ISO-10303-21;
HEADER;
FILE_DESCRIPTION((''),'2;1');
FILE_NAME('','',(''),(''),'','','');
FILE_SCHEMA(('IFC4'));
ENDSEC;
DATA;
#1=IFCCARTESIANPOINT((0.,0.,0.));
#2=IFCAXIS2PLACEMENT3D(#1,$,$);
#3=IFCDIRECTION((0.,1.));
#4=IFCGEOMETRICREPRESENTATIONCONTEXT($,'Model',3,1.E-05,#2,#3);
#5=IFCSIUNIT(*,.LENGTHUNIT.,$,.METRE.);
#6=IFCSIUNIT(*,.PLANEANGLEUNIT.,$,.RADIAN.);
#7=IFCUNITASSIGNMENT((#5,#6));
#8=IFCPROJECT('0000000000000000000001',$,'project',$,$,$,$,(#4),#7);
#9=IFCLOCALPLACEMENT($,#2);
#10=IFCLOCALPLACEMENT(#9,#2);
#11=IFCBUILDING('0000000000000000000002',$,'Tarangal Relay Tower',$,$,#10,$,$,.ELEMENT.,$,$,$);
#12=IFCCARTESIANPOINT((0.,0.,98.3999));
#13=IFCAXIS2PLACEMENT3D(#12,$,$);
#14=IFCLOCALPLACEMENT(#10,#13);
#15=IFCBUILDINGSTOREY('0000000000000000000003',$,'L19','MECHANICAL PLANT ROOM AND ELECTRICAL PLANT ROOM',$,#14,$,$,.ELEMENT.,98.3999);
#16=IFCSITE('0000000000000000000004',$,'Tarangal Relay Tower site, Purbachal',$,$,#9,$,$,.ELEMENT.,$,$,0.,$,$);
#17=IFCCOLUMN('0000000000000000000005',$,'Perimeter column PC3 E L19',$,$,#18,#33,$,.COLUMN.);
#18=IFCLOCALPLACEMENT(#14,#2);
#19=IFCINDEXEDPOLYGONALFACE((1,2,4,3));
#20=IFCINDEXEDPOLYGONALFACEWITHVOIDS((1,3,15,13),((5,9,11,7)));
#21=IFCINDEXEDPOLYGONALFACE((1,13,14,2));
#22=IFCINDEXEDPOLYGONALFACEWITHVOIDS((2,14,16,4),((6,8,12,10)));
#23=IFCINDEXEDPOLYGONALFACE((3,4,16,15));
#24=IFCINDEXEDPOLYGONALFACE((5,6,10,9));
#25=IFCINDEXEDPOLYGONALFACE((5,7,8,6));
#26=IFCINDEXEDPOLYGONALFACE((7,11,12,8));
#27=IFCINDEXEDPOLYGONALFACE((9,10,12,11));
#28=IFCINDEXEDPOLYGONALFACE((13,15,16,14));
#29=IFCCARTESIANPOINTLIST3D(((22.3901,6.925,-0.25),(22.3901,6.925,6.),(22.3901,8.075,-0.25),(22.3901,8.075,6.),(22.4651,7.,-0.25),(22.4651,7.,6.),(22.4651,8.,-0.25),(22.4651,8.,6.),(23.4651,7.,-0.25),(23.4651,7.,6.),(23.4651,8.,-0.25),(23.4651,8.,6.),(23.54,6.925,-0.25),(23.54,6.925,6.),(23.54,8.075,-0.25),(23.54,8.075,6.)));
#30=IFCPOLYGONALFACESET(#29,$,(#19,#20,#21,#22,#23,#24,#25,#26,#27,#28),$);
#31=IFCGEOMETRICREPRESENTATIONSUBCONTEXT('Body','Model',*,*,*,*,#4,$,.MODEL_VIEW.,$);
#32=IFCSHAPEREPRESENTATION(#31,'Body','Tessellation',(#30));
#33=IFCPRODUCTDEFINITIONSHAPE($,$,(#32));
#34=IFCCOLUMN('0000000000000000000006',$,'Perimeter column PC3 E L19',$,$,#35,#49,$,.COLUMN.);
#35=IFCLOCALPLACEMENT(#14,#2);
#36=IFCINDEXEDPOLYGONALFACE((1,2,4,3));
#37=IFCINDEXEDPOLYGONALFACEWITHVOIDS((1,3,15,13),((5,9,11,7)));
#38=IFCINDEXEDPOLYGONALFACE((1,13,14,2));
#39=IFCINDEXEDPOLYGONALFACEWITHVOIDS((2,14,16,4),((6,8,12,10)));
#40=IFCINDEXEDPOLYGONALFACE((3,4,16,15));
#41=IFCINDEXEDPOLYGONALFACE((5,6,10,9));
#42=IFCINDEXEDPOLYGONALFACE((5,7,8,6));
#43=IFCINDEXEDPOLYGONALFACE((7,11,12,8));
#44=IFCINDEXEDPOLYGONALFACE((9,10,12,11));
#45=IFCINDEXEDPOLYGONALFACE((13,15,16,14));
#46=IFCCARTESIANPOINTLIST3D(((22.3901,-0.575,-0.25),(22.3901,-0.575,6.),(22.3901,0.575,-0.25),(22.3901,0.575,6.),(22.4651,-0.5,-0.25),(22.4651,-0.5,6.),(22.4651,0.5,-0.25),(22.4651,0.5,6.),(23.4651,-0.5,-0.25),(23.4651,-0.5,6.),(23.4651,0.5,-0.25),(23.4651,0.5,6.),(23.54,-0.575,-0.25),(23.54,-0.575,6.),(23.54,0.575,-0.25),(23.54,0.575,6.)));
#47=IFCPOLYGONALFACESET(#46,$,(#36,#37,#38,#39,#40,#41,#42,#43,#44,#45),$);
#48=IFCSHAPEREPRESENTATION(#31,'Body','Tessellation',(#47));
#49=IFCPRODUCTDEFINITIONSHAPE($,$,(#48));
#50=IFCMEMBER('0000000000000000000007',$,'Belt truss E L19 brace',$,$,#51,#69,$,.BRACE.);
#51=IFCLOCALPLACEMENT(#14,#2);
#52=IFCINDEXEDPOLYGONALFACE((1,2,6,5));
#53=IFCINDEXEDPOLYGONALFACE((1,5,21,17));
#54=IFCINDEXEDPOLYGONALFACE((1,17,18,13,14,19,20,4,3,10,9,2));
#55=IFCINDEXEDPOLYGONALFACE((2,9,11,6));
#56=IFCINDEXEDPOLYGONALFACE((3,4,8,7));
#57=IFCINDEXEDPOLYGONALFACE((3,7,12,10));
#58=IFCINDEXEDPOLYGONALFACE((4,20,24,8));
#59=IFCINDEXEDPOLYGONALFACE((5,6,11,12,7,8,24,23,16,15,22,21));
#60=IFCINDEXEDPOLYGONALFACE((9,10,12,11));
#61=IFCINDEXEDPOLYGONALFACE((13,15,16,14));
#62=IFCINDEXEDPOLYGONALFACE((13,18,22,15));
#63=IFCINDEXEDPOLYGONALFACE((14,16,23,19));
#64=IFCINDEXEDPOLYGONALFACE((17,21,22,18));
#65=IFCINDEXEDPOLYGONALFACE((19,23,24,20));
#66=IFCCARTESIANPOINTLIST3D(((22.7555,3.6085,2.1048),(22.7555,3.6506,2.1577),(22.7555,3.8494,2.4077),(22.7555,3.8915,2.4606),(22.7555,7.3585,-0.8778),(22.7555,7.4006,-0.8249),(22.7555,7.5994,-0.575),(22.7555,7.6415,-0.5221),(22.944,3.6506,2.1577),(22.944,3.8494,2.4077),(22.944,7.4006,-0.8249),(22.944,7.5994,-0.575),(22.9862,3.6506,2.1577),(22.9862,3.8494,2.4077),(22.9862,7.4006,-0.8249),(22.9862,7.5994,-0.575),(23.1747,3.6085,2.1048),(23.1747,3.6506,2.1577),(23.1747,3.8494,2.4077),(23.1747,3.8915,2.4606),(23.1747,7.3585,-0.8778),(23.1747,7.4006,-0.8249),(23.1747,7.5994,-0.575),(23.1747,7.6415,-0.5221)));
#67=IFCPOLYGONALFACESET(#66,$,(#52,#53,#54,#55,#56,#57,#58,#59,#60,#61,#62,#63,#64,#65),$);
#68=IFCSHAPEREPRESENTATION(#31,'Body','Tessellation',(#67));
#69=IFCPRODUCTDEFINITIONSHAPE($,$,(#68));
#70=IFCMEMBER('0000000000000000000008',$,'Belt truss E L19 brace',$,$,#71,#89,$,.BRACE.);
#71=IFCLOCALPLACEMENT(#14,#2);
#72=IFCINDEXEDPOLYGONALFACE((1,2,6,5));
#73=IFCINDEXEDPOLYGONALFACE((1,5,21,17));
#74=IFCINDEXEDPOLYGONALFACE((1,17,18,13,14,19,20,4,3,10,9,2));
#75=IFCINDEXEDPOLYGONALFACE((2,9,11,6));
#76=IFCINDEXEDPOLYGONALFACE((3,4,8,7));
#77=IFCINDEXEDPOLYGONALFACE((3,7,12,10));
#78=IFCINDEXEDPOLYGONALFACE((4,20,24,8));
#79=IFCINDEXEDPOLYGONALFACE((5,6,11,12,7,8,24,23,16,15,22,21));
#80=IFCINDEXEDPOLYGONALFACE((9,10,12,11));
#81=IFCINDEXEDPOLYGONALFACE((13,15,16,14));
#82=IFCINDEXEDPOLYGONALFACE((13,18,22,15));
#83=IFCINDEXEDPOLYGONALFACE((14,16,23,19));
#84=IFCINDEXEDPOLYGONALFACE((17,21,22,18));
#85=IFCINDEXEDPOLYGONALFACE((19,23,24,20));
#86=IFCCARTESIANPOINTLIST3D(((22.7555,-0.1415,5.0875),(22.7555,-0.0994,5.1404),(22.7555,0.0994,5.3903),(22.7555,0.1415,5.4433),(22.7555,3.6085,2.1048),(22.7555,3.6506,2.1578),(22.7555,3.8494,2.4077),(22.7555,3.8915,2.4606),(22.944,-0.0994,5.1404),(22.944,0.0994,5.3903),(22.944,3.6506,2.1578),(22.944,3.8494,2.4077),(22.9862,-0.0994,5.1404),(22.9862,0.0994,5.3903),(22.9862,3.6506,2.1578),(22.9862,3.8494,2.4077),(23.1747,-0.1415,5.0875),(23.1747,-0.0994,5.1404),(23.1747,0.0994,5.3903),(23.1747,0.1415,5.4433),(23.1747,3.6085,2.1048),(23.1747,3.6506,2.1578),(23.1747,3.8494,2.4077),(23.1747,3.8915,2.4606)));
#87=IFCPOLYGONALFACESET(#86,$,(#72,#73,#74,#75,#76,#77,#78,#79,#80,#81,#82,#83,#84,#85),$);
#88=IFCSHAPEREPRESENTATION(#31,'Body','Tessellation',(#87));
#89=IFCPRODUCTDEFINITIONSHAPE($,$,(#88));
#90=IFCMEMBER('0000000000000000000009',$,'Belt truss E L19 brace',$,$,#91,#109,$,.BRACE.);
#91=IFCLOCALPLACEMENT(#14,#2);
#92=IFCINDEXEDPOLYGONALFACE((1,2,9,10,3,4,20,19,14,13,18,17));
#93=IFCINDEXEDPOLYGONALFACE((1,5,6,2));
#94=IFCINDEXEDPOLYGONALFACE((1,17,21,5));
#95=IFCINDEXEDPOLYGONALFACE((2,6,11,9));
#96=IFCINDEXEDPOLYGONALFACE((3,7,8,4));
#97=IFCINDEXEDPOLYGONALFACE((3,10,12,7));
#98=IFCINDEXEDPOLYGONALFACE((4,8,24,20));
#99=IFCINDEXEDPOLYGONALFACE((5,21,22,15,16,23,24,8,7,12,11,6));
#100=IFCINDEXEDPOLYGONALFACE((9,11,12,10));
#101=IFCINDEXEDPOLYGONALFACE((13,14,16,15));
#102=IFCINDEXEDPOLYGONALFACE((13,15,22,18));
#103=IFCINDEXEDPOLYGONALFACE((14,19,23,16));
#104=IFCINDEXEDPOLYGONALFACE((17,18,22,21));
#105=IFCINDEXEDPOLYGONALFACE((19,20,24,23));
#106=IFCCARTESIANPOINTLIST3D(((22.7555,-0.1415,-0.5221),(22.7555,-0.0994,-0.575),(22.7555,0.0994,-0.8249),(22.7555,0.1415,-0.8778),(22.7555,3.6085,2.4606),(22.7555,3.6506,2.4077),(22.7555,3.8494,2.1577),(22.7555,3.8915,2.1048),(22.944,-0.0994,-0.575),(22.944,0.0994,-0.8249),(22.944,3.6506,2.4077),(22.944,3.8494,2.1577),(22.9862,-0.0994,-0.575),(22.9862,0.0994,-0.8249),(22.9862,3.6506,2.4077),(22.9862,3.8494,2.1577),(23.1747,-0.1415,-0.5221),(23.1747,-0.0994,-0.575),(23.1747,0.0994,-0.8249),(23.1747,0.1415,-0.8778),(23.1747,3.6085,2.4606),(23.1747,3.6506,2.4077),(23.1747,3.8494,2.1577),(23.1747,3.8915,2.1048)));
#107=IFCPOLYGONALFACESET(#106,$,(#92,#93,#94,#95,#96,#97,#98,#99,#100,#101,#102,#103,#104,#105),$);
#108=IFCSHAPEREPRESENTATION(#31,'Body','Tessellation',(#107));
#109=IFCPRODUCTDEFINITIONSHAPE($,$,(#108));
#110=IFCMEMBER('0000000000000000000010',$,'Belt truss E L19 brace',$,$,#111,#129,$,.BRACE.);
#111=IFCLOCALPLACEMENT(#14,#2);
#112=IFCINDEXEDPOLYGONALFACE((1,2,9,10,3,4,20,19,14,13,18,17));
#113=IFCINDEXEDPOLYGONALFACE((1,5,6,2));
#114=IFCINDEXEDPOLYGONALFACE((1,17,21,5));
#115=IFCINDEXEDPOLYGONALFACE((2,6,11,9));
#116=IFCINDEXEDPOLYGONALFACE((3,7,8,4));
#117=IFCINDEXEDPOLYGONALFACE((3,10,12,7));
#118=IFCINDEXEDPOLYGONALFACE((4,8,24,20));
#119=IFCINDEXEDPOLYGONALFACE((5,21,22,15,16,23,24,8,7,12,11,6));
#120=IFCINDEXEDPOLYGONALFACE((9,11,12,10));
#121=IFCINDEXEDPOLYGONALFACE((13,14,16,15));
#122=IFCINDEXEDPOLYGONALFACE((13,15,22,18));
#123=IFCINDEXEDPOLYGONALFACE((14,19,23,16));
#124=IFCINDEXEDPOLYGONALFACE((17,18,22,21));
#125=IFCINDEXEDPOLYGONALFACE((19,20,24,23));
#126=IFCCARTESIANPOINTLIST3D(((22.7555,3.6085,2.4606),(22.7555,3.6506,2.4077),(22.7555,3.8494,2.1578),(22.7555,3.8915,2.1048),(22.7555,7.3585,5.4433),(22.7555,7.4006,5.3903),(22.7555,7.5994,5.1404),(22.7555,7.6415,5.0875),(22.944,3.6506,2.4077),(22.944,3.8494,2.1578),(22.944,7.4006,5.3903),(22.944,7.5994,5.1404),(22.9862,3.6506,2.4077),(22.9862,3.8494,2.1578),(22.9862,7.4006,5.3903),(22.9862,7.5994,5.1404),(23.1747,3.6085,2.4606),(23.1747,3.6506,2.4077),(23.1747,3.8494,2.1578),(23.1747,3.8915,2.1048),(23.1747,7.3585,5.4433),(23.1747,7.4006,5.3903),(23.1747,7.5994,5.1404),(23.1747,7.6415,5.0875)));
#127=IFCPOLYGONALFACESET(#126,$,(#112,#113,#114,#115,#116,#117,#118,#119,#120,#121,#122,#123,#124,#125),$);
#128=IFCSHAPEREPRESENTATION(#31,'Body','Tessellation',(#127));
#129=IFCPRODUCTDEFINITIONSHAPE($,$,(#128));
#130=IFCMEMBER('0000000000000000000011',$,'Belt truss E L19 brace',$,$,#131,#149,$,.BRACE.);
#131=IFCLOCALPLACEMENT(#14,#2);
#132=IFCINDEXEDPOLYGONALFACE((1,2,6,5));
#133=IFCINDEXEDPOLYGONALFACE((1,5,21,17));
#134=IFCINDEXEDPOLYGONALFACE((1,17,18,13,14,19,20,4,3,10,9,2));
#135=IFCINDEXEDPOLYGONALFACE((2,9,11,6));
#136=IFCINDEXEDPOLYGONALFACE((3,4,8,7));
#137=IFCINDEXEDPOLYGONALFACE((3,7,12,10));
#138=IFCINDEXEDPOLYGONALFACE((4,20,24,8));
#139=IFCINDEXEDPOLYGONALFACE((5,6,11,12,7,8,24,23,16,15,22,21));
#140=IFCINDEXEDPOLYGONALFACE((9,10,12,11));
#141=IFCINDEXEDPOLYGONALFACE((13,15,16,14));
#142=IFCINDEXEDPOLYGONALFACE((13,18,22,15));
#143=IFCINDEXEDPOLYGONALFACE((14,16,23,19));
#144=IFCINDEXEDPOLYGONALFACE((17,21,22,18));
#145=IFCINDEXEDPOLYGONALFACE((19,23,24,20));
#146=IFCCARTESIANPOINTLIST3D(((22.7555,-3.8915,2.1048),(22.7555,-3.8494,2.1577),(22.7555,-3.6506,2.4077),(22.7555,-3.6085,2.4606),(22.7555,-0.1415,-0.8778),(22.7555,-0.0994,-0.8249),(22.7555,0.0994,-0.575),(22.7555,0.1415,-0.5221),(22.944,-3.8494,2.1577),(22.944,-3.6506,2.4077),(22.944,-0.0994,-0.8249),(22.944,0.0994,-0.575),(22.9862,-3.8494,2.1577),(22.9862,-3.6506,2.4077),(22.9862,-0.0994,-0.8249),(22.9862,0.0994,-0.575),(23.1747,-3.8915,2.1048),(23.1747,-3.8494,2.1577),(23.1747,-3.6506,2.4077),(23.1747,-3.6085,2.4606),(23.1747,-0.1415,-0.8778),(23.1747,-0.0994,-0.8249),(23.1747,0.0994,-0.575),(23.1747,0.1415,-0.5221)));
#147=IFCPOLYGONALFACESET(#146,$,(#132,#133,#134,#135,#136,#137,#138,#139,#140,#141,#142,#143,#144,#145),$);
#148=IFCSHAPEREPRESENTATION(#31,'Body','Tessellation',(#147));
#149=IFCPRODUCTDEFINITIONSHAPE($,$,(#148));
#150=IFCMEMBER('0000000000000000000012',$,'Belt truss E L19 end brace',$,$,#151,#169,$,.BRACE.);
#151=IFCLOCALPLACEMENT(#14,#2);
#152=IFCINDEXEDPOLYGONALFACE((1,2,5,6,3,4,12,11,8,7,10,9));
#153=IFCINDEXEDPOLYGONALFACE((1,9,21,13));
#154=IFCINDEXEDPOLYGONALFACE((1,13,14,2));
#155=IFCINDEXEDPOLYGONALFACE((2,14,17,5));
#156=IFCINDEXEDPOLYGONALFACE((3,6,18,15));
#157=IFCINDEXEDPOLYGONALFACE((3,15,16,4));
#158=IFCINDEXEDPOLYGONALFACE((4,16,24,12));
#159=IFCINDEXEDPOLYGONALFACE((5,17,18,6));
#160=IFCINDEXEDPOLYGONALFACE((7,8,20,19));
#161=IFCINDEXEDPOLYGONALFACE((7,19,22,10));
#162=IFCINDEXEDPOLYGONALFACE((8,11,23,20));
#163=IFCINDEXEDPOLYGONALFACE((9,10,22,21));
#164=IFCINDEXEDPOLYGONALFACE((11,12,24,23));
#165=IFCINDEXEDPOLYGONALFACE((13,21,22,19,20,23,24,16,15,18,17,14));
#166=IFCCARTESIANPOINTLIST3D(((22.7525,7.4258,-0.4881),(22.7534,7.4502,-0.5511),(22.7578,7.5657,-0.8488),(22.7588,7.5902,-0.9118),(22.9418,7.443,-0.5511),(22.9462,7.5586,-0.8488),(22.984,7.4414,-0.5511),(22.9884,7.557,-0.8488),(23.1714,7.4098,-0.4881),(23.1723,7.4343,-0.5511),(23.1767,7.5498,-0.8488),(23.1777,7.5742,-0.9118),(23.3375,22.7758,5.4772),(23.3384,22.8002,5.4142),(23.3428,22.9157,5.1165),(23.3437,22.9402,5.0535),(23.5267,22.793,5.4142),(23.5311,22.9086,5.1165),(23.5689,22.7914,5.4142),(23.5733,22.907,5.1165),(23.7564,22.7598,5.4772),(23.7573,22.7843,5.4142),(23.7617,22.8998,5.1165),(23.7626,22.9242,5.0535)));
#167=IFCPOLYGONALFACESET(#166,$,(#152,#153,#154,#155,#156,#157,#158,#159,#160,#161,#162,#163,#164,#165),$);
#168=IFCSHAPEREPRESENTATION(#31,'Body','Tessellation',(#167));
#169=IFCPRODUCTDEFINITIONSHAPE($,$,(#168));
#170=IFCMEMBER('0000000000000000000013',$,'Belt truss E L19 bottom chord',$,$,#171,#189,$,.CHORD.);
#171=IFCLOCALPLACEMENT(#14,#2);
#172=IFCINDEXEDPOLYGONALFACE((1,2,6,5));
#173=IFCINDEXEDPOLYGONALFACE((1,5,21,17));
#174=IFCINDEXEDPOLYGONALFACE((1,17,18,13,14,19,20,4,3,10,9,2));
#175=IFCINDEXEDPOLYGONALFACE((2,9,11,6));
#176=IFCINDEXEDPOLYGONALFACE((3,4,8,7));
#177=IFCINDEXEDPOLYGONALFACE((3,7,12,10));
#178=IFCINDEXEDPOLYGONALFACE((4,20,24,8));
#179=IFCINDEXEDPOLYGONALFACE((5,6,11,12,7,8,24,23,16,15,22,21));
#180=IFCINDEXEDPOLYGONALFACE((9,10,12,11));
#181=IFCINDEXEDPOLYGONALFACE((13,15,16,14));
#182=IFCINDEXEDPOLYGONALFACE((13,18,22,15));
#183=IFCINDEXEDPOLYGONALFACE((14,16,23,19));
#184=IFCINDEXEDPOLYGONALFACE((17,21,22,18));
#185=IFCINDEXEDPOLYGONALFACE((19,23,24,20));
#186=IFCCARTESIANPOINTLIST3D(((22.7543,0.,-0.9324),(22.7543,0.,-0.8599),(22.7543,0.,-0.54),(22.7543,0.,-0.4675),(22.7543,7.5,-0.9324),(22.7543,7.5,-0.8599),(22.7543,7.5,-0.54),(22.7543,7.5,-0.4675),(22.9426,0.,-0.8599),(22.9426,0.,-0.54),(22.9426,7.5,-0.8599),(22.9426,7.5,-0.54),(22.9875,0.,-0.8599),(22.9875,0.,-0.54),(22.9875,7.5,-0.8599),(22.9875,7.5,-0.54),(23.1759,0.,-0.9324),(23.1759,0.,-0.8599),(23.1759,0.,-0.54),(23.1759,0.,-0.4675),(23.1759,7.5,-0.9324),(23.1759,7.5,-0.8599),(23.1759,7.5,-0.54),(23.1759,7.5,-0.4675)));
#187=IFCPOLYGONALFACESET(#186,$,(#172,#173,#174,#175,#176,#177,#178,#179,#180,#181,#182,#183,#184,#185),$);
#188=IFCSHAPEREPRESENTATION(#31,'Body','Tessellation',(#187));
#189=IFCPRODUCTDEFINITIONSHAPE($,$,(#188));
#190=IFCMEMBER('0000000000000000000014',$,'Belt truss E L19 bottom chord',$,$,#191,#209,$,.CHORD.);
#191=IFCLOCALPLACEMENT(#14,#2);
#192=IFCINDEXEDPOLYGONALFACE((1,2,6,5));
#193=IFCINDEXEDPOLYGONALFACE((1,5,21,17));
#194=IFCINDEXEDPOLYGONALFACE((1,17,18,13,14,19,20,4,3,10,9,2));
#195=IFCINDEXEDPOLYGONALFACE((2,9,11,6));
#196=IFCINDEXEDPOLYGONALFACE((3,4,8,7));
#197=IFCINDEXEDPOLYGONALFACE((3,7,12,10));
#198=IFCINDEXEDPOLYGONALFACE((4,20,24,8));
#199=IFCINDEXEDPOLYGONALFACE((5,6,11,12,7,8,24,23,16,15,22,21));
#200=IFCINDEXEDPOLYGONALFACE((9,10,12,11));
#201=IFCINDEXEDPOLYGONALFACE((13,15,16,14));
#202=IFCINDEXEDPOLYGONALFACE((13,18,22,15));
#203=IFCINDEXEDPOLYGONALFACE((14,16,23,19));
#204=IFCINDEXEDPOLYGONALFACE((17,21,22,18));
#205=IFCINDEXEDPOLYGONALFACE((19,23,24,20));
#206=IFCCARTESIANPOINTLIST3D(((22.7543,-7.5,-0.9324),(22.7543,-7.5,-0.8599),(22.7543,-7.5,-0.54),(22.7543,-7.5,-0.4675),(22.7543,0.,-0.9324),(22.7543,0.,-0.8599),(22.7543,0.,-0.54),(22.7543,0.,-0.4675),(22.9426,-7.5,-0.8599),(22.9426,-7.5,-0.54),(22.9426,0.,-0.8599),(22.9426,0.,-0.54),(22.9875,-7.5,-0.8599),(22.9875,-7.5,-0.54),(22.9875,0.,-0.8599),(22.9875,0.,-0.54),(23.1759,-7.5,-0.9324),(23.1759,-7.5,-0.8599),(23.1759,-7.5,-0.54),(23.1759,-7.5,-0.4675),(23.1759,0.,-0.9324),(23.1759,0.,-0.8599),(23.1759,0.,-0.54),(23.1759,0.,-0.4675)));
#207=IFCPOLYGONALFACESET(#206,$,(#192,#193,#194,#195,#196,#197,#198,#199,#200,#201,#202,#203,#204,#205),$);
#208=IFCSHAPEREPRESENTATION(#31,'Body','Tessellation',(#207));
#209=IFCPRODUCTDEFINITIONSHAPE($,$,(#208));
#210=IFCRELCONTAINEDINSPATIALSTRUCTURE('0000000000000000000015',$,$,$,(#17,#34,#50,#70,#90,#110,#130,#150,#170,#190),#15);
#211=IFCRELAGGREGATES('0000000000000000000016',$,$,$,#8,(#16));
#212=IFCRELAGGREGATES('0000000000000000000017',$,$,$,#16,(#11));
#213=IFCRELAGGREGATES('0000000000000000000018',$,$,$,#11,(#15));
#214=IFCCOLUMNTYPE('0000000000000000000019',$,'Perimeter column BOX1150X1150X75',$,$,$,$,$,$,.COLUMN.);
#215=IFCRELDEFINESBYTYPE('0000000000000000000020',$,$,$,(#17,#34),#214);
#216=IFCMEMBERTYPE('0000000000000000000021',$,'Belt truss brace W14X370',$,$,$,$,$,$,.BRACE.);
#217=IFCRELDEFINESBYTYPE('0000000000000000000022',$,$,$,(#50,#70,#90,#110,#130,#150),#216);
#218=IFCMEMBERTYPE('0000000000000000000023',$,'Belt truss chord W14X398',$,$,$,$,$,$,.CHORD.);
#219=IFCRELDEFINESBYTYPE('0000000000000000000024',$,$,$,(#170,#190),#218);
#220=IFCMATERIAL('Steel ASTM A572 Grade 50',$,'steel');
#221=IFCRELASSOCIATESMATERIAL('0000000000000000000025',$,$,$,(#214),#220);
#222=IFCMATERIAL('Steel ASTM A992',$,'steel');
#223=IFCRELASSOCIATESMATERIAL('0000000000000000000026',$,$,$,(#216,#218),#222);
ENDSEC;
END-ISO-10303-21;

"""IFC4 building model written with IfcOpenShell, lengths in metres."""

from ifc_helpers import new_model, si_unit, direction, frame, origin, origin_2d, place, context, subcontext, project, spatial, hollow_rectangle, i_section, extrude, material, material_profile, profile_set, type_object, element, save


model = new_model("IFC4")

# Units and contexts
model_context = context("Model", 3, precision=1e-05, world=origin(), true_north=direction((0.0, 1.0)))
body_context = subcontext(model_context, "Body", "Model", "MODEL_VIEW")
ifc_project = project(units=[si_unit("LENGTHUNIT", "METRE"), si_unit("PLANEANGLEUNIT", "RADIAN")], contexts=[model_context])

# Site, building, storey
site_placement = place(None, origin())
site = spatial("IfcSite", under=ifc_project, at=site_placement, Name="Tarangal Relay Tower site, Purbachal", CompositionType="ELEMENT", RefElevation=0.0)
building_placement = place(site_placement, origin())
building = spatial("IfcBuilding", under=site, at=building_placement, Name="Tarangal Relay Tower", CompositionType="ELEMENT")
storey_placement = place(building_placement, frame((0.0, 0.0, 98.3999)))
storey = spatial("IfcBuildingStorey", under=building, at=storey_placement, Name="L19", Description="MECHANICAL PLANT ROOM AND ELECTRICAL PLANT ROOM", CompositionType="ELEMENT", Elevation=98.3999)

# Columns
ifc_material_1 = material(Name="Steel ASTM A572 Grade 50", Category="steel")
ifc_material_profile_1 = material_profile(ifc_material_1, hollow_rectangle(XDim=1.1499, YDim=1.1499, WallThickness=0.075, at=origin_2d()), Name="BOX1150X1150X75")
ifc_profile_set_1 = profile_set([ifc_material_profile_1], Name="Steel ASTM A572 Grade 50")
column_type = type_object("IfcColumnType", Name="Perimeter column BOX1150X1150X75", PredefinedType="COLUMN", material=ifc_profile_set_1)
for number, where, z_axis, x_axis, name in (
    (1, (22.9651, 7.5, -0.25), (0.0, 0.0, 1.0), (1.0, 0.0, 0.0), "Perimeter column PC3 E L19"),
    (2, (22.9651, 0.0, -0.25), (0.0, 0.0, 1.0), (1.0, 0.0, 0.0), "Perimeter column PC3 E L19"),
):
    element("IfcColumn", number, at=place(storey_placement, frame(where, z_axis=z_axis, x_axis=x_axis)), inside=storey, type_object=column_type, Name=name, PredefinedType="COLUMN", context=body_context, shape_type="SweptSolid", body=[
        extrude(hollow_rectangle(XDim=1.1499, YDim=1.1499, WallThickness=0.075, at=origin_2d()), origin(), (0.0, 0.0, 1.0), 6.25),
    ])

# Members
ifc_material_2 = material(Name="Steel ASTM A992", Category="steel")
ifc_material_profile_2 = material_profile(ifc_material_2, i_section(OverallWidth=0.4192, OverallDepth=0.4546, WebThickness=0.0422, FlangeThickness=0.0676, at=origin_2d()), Name="W14X370")
ifc_profile_set_2 = profile_set([ifc_material_profile_2], Name="Steel ASTM A992")
member_type_1 = type_object("IfcMemberType", Name="Belt truss brace W14X370", PredefinedType="BRACE", material=ifc_profile_set_2)
for number, where, z_axis, x_axis, name in (
    (3, (22.9651, 7.5, -0.7), (0.0, -0.78263, 0.622487), (1.0, 0.0, 0.0), "Belt truss E L19 brace"),
    (4, (22.9651, 3.75, 2.2827), (0.0, -0.78263, 0.622487), (1.0, 0.0, 0.0), "Belt truss E L19 brace"),
    (5, (22.9651, 0.0, -0.7), (0.0, 0.78263, 0.622487), (-1.0, 0.0, 0.0), "Belt truss E L19 brace"),
    (6, (22.9651, 3.75, 2.2827), (0.0, 0.78263, 0.622487), (-1.0, 0.0, 0.0), "Belt truss E L19 brace"),
    (7, (22.9651, 0.0, -0.7), (0.0, -0.78263, 0.622487), (1.0, 0.0, 0.0), "Belt truss E L19 brace"),
):
    element("IfcMember", number, at=place(storey_placement, frame(where, z_axis=z_axis, x_axis=x_axis)), inside=storey, type_object=member_type_1, Name=name, PredefinedType="BRACE", context=body_context, shape_type="SweptSolid", body=[
        extrude(i_section(OverallWidth=0.4192, OverallDepth=0.4546, WebThickness=0.0422, FlangeThickness=0.0676, at=origin_2d()), origin(), (0.0, 0.0, 1.0), 4.7915),
    ])
member_1_placement = place(storey_placement, frame((22.9651, 7.5, -0.7), z_axis=(0.035498, 0.931502, 0.361999), x_axis=(-0.999275, 0.03808, 0.0)))
element("IfcMember", 8, at=member_1_placement, inside=storey, type_object=member_type_1, Name="Belt truss E L19 end brace", PredefinedType="BRACE", context=body_context, shape_type="SweptSolid", body=[
    extrude(i_section(OverallWidth=0.4192, OverallDepth=0.4546, WebThickness=0.0422, FlangeThickness=0.0676, at=origin_2d()), origin(), (0.0, 0.0, 1.0), 16.4788),
])
ifc_material_profile_3 = material_profile(ifc_material_2, i_section(OverallWidth=0.4216, OverallDepth=0.4648, WebThickness=0.0449, FlangeThickness=0.0725, at=origin_2d()), Name="W14X398")
ifc_profile_set_3 = profile_set([ifc_material_profile_3], Name="Steel ASTM A992")
member_type_2 = type_object("IfcMemberType", Name="Belt truss chord W14X398", PredefinedType="CHORD", material=ifc_profile_set_3)
for number, where, z_axis, x_axis, name in (
    (9, (22.9651, 7.5, -0.7), (0.0, -1.0, 0.0), (1.0, 0.0, 0.0), "Belt truss E L19 bottom chord"),
    (10, (22.9651, 0.0, -0.7), (0.0, -1.0, 0.0), (1.0, 0.0, 0.0), "Belt truss E L19 bottom chord"),
):
    element("IfcMember", number, at=place(storey_placement, frame(where, z_axis=z_axis, x_axis=x_axis)), inside=storey, type_object=member_type_2, Name=name, PredefinedType="CHORD", context=body_context, shape_type="SweptSolid", body=[
        extrude(i_section(OverallWidth=0.4216, OverallDepth=0.4648, WebThickness=0.0449, FlangeThickness=0.0725, at=origin_2d()), origin(), (0.0, 0.0, 1.0), 7.5),
    ])

save(model, "model.ifc")
